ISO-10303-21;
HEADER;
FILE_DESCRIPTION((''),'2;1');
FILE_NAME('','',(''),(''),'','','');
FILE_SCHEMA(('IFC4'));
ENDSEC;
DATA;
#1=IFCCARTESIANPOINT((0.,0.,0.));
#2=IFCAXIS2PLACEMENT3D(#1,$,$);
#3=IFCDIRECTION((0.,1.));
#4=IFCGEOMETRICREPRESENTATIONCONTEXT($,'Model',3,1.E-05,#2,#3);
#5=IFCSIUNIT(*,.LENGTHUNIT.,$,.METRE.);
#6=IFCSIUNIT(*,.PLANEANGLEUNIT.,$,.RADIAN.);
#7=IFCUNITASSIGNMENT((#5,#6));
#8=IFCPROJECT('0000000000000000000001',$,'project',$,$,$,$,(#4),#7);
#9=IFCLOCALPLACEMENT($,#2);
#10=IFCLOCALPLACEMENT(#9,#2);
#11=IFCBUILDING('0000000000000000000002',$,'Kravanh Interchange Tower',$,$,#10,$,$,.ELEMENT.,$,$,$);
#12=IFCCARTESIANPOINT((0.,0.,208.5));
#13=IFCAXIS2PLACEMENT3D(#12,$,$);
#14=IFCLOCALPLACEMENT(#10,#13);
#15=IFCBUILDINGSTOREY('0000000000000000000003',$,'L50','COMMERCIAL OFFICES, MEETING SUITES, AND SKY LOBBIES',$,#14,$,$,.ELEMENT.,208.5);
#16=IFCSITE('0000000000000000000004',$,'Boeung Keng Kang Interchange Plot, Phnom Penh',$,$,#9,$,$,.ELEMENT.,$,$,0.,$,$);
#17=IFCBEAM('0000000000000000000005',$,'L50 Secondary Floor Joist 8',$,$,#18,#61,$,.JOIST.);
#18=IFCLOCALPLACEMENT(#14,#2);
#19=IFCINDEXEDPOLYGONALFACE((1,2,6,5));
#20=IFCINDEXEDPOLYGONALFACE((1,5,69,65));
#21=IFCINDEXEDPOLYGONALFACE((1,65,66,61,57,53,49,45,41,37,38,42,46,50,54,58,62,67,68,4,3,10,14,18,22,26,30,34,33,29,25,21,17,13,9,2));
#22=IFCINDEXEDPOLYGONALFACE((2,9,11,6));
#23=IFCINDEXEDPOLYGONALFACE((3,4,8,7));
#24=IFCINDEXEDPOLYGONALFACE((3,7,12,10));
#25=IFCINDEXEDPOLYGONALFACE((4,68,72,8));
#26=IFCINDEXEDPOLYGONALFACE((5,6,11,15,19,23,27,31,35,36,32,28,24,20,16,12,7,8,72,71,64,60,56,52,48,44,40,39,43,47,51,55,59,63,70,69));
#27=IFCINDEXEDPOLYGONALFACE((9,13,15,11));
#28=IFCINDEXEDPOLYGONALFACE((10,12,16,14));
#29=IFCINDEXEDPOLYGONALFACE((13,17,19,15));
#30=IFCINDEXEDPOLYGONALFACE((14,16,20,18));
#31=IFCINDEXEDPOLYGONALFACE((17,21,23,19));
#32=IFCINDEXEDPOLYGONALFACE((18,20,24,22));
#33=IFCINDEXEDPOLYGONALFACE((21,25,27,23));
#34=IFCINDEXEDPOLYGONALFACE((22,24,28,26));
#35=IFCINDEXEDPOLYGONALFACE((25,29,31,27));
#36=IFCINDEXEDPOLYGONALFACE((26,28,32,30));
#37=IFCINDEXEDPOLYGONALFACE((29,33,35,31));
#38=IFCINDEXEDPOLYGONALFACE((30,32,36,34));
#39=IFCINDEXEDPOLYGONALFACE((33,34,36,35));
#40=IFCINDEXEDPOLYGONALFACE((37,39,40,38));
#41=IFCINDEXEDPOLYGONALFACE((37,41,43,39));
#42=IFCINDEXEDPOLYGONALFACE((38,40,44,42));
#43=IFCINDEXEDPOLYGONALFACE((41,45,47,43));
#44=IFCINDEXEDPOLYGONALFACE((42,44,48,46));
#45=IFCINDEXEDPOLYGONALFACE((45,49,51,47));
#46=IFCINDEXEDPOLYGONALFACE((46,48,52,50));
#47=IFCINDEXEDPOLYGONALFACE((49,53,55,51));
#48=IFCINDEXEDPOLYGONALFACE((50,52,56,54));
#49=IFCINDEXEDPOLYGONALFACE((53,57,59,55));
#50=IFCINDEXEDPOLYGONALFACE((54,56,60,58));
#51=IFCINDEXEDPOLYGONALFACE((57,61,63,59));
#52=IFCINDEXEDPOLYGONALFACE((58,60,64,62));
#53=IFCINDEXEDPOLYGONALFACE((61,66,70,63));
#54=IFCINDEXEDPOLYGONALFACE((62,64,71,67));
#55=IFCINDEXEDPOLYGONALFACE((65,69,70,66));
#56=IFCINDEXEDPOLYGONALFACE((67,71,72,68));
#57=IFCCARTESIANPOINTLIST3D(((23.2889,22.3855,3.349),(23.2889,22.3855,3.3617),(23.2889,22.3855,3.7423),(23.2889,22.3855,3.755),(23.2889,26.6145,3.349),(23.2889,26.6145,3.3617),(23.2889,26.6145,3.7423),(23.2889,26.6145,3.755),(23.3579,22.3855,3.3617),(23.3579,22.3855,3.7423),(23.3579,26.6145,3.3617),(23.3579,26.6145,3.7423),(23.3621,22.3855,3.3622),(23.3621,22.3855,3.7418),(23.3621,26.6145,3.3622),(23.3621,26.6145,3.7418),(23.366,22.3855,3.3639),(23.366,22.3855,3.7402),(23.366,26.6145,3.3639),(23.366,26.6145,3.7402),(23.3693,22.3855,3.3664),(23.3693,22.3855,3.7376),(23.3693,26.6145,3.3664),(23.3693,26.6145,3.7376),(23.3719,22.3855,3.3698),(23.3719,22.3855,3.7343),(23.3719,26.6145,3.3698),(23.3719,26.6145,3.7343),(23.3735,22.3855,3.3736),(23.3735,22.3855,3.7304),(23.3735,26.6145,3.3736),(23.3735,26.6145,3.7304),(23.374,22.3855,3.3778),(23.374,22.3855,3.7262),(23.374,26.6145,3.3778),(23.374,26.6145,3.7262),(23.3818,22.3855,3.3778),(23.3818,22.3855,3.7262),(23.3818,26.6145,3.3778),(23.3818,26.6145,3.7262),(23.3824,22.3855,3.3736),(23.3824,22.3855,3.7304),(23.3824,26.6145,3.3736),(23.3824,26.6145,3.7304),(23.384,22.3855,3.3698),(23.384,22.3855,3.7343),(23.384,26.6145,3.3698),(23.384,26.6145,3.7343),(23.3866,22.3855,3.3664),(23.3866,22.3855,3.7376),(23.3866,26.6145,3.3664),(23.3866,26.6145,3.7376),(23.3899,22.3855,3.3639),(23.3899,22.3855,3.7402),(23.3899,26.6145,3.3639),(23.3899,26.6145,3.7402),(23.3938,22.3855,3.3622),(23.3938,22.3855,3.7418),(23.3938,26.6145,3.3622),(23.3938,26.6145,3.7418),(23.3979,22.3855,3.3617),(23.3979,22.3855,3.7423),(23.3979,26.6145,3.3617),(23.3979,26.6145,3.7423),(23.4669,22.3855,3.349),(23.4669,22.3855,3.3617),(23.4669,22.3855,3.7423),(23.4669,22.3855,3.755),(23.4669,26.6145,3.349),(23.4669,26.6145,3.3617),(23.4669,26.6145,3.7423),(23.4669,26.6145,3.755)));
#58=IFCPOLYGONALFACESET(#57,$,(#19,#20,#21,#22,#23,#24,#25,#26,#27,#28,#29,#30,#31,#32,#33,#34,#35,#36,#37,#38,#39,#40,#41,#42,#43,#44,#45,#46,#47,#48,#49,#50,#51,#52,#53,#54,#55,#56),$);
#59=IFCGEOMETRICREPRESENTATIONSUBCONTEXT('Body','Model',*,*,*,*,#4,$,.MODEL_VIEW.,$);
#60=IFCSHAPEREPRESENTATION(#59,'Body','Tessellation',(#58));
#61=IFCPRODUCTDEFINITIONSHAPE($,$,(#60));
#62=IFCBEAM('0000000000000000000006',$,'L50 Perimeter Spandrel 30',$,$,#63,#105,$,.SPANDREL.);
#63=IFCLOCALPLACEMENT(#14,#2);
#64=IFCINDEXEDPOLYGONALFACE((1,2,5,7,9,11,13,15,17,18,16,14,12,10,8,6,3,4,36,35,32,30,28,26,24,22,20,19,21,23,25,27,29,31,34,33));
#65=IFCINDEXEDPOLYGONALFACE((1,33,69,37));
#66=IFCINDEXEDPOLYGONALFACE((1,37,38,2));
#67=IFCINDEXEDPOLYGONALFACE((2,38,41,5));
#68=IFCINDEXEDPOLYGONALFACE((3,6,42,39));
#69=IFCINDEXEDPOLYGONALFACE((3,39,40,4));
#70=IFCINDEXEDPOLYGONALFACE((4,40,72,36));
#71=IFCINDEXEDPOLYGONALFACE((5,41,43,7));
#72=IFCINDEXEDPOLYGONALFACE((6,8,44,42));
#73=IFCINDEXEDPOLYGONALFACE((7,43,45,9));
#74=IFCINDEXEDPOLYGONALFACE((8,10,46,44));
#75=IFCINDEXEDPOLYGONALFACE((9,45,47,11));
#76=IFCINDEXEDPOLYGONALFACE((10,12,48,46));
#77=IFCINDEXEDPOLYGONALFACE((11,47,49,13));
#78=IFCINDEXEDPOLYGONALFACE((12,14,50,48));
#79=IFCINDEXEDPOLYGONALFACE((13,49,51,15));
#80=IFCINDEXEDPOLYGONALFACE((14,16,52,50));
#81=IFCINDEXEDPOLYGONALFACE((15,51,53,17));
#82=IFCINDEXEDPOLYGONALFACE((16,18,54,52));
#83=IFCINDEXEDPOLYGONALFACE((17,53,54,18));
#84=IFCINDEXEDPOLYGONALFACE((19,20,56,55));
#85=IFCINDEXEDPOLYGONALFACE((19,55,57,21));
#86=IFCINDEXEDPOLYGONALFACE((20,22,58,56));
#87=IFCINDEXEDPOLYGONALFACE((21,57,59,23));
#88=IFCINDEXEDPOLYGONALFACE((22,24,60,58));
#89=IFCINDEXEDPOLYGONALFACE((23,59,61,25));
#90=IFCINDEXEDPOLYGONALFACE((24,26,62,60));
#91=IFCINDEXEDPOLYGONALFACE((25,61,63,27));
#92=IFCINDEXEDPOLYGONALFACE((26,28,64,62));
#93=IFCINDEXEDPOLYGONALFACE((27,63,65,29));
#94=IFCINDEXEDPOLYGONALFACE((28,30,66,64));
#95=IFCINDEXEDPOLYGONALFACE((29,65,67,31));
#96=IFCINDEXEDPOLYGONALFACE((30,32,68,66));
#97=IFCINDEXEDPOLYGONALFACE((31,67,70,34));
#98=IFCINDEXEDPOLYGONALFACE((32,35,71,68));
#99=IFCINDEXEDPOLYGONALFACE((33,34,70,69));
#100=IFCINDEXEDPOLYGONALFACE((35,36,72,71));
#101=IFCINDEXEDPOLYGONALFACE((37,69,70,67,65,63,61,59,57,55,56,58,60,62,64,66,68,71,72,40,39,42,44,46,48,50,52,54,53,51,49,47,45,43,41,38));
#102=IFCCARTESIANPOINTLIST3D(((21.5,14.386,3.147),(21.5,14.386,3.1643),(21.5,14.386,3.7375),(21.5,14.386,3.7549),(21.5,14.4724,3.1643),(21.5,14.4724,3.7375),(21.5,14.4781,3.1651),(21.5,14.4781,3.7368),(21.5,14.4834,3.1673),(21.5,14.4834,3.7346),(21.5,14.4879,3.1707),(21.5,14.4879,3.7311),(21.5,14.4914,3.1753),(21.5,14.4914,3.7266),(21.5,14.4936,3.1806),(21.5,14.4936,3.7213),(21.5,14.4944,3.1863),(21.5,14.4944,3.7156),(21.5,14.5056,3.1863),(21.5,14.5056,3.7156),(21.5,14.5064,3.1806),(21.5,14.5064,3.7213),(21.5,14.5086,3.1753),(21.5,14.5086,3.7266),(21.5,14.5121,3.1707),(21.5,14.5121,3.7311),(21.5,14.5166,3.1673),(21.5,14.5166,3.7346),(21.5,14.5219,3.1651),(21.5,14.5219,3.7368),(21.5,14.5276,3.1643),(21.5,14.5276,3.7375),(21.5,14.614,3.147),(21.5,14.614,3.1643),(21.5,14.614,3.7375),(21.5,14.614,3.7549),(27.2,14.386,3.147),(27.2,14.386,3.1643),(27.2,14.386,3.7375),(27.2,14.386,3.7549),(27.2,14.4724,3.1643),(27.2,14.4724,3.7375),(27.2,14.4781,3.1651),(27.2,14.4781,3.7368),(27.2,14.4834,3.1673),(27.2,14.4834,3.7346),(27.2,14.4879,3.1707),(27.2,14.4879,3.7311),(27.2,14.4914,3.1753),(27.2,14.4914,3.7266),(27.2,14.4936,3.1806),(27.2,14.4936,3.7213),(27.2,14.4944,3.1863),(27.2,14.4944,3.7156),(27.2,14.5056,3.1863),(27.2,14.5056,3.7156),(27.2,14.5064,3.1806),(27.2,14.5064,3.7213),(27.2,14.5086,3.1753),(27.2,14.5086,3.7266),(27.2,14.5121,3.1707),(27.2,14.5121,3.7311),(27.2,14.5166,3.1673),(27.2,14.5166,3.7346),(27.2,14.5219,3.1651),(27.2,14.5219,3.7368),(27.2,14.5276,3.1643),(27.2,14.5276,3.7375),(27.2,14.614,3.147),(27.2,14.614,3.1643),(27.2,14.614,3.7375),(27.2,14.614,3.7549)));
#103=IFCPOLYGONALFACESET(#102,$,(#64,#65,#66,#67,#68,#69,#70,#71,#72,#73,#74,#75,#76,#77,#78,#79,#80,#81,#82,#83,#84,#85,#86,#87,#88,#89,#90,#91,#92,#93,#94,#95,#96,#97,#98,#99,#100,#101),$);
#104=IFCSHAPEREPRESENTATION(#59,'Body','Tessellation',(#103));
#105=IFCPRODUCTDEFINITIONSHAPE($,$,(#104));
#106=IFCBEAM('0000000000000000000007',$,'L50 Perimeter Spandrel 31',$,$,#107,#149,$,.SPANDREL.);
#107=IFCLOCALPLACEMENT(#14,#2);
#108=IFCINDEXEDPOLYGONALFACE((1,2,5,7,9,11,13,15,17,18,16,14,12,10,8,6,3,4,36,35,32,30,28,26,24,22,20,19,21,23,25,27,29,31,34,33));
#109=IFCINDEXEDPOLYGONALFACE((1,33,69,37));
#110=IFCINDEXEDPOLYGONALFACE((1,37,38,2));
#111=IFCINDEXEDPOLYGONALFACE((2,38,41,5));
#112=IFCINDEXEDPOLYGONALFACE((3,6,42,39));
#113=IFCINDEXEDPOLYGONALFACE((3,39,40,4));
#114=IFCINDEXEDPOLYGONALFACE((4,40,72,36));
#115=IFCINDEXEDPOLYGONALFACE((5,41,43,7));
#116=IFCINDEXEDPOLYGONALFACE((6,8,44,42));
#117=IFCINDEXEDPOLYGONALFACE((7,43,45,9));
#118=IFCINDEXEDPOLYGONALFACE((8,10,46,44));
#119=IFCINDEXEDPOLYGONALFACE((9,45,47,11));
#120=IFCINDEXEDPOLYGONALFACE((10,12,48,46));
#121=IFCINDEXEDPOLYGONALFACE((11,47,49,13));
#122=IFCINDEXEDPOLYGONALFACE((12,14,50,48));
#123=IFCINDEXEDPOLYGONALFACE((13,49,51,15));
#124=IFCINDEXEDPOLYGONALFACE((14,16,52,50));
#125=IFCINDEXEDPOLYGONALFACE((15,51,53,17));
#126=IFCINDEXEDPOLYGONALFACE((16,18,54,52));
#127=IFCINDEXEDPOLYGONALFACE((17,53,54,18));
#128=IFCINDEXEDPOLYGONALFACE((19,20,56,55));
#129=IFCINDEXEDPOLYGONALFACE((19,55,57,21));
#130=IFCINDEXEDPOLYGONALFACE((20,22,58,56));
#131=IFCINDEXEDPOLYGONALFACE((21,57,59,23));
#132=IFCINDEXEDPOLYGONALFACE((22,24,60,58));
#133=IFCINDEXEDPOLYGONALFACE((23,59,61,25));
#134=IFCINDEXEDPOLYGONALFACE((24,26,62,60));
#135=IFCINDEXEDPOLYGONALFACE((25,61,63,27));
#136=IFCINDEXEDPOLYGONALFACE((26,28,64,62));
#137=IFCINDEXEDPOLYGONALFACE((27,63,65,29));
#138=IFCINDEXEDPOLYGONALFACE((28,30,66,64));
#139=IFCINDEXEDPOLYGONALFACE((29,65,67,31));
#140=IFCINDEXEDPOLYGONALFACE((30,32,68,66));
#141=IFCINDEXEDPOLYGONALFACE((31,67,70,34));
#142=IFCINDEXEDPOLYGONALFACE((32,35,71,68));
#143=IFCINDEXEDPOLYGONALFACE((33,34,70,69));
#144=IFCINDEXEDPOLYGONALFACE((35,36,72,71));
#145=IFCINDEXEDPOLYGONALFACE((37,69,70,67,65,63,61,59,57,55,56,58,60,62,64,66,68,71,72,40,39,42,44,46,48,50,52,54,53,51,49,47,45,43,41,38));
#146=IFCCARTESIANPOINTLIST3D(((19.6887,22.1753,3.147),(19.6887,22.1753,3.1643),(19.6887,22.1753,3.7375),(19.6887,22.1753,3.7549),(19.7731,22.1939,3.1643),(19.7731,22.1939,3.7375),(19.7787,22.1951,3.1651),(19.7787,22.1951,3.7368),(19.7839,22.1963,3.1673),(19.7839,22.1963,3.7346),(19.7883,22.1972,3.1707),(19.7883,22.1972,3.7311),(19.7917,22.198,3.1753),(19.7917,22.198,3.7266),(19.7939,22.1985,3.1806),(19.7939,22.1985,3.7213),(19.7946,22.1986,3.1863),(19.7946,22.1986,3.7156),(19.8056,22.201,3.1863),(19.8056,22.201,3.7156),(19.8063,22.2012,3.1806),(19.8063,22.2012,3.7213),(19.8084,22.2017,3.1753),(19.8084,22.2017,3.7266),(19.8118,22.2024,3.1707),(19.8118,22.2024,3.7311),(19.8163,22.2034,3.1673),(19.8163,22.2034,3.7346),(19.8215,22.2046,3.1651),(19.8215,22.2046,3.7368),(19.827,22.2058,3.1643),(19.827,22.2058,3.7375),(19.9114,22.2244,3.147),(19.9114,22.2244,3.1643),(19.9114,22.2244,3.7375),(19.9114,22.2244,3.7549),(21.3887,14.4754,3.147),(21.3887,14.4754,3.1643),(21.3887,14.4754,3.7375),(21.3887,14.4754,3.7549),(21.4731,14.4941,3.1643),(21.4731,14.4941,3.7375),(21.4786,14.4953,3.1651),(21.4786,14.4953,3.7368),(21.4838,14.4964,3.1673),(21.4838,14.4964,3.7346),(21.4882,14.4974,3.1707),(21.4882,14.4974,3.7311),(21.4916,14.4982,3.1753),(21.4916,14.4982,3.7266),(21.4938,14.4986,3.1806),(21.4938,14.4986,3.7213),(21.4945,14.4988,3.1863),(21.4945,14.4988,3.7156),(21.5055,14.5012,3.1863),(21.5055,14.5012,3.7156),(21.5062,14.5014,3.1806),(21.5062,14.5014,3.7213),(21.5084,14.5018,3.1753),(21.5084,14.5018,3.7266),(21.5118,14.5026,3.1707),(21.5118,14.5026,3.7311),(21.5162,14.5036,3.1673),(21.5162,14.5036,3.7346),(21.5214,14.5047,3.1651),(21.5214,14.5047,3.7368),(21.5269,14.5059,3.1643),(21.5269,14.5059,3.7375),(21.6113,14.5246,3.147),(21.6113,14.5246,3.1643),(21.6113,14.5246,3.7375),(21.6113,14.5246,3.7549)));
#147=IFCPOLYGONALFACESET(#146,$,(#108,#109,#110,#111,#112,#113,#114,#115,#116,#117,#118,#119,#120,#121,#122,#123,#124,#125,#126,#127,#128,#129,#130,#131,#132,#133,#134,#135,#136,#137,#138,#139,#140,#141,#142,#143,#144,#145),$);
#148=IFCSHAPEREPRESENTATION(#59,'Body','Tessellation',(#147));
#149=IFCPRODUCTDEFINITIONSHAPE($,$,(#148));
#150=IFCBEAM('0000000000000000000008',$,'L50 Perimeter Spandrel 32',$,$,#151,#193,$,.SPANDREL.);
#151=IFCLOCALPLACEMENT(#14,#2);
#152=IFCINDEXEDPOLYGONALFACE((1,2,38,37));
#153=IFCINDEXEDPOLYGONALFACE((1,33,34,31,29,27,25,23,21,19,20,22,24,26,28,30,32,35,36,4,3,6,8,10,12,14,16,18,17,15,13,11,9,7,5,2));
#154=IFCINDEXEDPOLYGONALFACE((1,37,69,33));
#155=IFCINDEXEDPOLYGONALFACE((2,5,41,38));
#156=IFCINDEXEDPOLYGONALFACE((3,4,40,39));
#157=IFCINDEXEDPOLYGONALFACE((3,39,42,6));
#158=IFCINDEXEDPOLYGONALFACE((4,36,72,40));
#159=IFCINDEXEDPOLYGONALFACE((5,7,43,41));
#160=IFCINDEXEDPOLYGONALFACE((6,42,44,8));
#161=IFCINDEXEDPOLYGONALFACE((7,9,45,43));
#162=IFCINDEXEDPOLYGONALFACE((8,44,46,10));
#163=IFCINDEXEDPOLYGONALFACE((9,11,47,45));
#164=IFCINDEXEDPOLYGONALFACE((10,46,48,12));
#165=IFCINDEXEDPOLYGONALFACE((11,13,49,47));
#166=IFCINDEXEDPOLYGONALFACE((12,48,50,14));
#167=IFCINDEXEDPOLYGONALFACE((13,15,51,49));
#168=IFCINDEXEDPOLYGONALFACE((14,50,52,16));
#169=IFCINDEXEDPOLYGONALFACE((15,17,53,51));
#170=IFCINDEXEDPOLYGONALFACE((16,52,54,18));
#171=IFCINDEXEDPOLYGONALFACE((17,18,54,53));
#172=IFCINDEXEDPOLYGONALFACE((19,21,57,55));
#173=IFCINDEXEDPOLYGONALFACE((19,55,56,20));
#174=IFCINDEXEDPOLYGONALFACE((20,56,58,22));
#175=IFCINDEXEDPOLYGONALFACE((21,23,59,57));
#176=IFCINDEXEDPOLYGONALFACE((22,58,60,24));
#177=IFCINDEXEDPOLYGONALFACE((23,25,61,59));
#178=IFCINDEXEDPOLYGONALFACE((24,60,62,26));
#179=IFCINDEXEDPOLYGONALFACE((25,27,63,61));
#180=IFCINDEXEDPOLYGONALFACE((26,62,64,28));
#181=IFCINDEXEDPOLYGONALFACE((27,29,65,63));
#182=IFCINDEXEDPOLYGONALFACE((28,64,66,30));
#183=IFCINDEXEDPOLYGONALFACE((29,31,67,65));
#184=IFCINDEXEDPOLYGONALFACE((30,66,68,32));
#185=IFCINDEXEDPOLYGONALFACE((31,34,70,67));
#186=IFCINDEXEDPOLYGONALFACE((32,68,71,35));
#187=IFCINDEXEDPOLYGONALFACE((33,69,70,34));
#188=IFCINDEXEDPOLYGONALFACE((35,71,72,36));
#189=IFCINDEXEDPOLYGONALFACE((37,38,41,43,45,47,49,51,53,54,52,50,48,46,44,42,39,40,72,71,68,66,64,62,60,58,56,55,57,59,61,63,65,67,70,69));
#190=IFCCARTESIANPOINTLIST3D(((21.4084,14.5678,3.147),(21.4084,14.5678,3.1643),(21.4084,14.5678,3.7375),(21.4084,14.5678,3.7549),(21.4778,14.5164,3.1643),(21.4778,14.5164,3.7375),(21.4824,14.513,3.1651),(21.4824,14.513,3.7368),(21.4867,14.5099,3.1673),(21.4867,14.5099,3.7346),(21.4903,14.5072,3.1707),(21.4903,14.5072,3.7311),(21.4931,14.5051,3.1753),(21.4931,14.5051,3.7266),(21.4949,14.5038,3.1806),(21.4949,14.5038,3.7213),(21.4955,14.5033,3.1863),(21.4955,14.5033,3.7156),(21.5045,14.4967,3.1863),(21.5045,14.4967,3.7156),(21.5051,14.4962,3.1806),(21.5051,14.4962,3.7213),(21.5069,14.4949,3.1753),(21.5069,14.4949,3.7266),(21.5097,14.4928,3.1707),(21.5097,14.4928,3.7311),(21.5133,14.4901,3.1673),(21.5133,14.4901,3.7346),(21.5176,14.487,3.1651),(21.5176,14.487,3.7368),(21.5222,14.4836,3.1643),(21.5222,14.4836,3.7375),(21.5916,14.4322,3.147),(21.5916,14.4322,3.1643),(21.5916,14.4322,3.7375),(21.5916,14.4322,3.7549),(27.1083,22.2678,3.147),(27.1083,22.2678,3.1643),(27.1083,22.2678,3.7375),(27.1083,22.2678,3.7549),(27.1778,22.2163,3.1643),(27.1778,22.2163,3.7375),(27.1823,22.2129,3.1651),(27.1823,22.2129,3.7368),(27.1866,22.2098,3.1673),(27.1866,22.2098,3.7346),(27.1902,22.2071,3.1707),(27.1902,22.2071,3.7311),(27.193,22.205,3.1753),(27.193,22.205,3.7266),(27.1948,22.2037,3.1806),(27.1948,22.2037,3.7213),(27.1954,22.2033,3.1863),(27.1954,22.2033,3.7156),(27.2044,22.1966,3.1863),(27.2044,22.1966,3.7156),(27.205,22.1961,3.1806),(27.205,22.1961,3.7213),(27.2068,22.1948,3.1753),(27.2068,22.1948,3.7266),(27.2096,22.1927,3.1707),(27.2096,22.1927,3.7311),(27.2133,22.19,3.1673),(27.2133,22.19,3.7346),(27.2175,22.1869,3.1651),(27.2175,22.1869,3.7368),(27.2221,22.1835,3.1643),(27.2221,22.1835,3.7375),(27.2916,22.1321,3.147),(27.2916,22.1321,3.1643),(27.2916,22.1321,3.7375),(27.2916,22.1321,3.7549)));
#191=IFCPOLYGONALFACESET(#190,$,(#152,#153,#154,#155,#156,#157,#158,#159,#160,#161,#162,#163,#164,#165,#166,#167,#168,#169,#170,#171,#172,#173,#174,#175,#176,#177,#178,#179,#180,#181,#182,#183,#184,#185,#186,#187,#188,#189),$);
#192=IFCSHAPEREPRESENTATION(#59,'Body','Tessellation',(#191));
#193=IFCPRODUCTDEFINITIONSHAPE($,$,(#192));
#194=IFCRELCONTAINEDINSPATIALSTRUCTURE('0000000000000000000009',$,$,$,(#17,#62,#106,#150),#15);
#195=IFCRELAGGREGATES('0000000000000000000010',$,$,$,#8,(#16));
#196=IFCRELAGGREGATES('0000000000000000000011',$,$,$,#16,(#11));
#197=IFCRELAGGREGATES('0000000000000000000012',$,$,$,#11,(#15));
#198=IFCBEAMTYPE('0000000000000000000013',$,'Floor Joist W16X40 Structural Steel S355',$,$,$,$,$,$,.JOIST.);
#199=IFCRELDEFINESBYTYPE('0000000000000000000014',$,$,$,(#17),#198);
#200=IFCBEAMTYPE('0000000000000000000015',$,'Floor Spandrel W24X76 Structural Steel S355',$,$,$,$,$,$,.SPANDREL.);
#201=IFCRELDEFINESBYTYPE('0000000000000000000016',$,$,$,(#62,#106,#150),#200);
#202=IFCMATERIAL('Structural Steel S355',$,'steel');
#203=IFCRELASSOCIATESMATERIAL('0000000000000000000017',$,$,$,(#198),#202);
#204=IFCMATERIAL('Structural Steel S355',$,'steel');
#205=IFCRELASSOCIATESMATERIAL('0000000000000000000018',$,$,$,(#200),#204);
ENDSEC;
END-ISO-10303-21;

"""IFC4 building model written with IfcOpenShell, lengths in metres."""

from ifc_helpers import new_model, si_unit, direction, frame, origin, origin_2d, place, context, subcontext, project, spatial, i_section, extrude, material, material_profile, profile_set, type_object, element, save


model = new_model("IFC4")

# Units and contexts
model_context = context("Model", 3, precision=1e-05, world=origin(), true_north=direction((0.0, 1.0)))
body_context = subcontext(model_context, "Body", "Model", "MODEL_VIEW")
ifc_project = project(units=[si_unit("LENGTHUNIT", "METRE"), si_unit("PLANEANGLEUNIT", "RADIAN")], contexts=[model_context])

# Site, building, storey
site_placement = place(None, origin())
site = spatial("IfcSite", under=ifc_project, at=site_placement, Name="Boeung Keng Kang Interchange Plot, Phnom Penh", CompositionType="ELEMENT", RefElevation=0.0)
building_placement = place(site_placement, origin())
building = spatial("IfcBuilding", under=site, at=building_placement, Name="Kravanh Interchange Tower", CompositionType="ELEMENT")
storey_placement = place(building_placement, frame((0.0, 0.0, 208.5)))
storey = spatial("IfcBuildingStorey", under=building, at=storey_placement, Name="L50", Description="COMMERCIAL OFFICES, MEETING SUITES, AND SKY LOBBIES", CompositionType="ELEMENT", Elevation=208.5)

# Beams
ifc_material_1 = material(Name="Structural Steel S355", Category="steel")
ifc_material_profile_1 = material_profile(ifc_material_1, i_section(OverallWidth=0.178, OverallDepth=0.406, WebThickness=0.0078, FlangeThickness=0.0127, FilletRadius=0.0161, at=origin_2d()), Name="W16X40")
ifc_profile_set_1 = profile_set([ifc_material_profile_1], Name="Structural Steel S355")
beam_type_1 = type_object("IfcBeamType", Name="Floor Joist W16X40 Structural Steel S355", PredefinedType="JOIST", material=ifc_profile_set_1)
beam_1_placement = place(storey_placement, frame((23.3779, 22.3855, 3.552), z_axis=(0.0, 1.0, 0.0), x_axis=(-1.0, 0.0, 0.0)))
element("IfcBeam", 1, at=beam_1_placement, inside=storey, type_object=beam_type_1, Name="L50 Secondary Floor Joist 8", PredefinedType="JOIST", context=body_context, shape_type="SweptSolid", body=[
    extrude(i_section(OverallWidth=0.178, OverallDepth=0.406, WebThickness=0.0078, FlangeThickness=0.0127, FilletRadius=0.0161, at=origin_2d()), origin(), (0.0, 0.0, 1.0), 4.229),
])
ifc_material_2 = material(Name="Structural Steel S355", Category="steel")
ifc_material_profile_2 = material_profile(ifc_material_2, i_section(OverallWidth=0.228, OverallDepth=0.6079, WebThickness=0.0112, FlangeThickness=0.0173, FilletRadius=0.022, at=origin_2d()), Name="W24X76")
ifc_profile_set_2 = profile_set([ifc_material_profile_2], Name="Structural Steel S355")
beam_type_2 = type_object("IfcBeamType", Name="Floor Spandrel W24X76 Structural Steel S355", PredefinedType="SPANDREL", material=ifc_profile_set_2)
beam_2_placement = place(storey_placement, frame((21.5, 14.5, 3.4509), z_axis=(1.0, 0.0, 0.0), x_axis=(0.0, 1.0, 0.0)))
element("IfcBeam", 2, at=beam_2_placement, inside=storey, type_object=beam_type_2, Name="L50 Perimeter Spandrel 30", PredefinedType="SPANDREL", context=body_context, shape_type="SweptSolid", body=[
    extrude(i_section(OverallWidth=0.228, OverallDepth=0.6079, WebThickness=0.0112, FlangeThickness=0.0173, FilletRadius=0.022, at=origin_2d()), origin(), (0.0, 0.0, 1.0), 5.7),
])
beam_3_placement = place(storey_placement, frame((21.5, 14.5, 3.4509), z_axis=(-0.215583, 0.976486, 0.0), x_axis=(-0.976486, -0.215583, 0.0)))
element("IfcBeam", 3, at=beam_3_placement, inside=storey, type_object=beam_type_2, Name="L50 Perimeter Spandrel 31", PredefinedType="SPANDREL", context=body_context, shape_type="SweptSolid", body=[
    extrude(i_section(OverallWidth=0.228, OverallDepth=0.6079, WebThickness=0.0112, FlangeThickness=0.0173, FilletRadius=0.022, at=origin_2d()), origin(), (0.0, 0.0, 1.0), 7.8853),
])
beam_4_placement = place(storey_placement, frame((21.5, 14.5, 3.4509), z_axis=(0.594977, 0.803743, 0.0), x_axis=(-0.803743, 0.594977, 0.0)))
element("IfcBeam", 4, at=beam_4_placement, inside=storey, type_object=beam_type_2, Name="L50 Perimeter Spandrel 32", PredefinedType="SPANDREL", context=body_context, shape_type="SweptSolid", body=[
    extrude(i_section(OverallWidth=0.228, OverallDepth=0.6079, WebThickness=0.0112, FlangeThickness=0.0173, FilletRadius=0.022, at=origin_2d()), origin(), (0.0, 0.0, 1.0), 9.5801),
])

save(model, "model.ifc")
